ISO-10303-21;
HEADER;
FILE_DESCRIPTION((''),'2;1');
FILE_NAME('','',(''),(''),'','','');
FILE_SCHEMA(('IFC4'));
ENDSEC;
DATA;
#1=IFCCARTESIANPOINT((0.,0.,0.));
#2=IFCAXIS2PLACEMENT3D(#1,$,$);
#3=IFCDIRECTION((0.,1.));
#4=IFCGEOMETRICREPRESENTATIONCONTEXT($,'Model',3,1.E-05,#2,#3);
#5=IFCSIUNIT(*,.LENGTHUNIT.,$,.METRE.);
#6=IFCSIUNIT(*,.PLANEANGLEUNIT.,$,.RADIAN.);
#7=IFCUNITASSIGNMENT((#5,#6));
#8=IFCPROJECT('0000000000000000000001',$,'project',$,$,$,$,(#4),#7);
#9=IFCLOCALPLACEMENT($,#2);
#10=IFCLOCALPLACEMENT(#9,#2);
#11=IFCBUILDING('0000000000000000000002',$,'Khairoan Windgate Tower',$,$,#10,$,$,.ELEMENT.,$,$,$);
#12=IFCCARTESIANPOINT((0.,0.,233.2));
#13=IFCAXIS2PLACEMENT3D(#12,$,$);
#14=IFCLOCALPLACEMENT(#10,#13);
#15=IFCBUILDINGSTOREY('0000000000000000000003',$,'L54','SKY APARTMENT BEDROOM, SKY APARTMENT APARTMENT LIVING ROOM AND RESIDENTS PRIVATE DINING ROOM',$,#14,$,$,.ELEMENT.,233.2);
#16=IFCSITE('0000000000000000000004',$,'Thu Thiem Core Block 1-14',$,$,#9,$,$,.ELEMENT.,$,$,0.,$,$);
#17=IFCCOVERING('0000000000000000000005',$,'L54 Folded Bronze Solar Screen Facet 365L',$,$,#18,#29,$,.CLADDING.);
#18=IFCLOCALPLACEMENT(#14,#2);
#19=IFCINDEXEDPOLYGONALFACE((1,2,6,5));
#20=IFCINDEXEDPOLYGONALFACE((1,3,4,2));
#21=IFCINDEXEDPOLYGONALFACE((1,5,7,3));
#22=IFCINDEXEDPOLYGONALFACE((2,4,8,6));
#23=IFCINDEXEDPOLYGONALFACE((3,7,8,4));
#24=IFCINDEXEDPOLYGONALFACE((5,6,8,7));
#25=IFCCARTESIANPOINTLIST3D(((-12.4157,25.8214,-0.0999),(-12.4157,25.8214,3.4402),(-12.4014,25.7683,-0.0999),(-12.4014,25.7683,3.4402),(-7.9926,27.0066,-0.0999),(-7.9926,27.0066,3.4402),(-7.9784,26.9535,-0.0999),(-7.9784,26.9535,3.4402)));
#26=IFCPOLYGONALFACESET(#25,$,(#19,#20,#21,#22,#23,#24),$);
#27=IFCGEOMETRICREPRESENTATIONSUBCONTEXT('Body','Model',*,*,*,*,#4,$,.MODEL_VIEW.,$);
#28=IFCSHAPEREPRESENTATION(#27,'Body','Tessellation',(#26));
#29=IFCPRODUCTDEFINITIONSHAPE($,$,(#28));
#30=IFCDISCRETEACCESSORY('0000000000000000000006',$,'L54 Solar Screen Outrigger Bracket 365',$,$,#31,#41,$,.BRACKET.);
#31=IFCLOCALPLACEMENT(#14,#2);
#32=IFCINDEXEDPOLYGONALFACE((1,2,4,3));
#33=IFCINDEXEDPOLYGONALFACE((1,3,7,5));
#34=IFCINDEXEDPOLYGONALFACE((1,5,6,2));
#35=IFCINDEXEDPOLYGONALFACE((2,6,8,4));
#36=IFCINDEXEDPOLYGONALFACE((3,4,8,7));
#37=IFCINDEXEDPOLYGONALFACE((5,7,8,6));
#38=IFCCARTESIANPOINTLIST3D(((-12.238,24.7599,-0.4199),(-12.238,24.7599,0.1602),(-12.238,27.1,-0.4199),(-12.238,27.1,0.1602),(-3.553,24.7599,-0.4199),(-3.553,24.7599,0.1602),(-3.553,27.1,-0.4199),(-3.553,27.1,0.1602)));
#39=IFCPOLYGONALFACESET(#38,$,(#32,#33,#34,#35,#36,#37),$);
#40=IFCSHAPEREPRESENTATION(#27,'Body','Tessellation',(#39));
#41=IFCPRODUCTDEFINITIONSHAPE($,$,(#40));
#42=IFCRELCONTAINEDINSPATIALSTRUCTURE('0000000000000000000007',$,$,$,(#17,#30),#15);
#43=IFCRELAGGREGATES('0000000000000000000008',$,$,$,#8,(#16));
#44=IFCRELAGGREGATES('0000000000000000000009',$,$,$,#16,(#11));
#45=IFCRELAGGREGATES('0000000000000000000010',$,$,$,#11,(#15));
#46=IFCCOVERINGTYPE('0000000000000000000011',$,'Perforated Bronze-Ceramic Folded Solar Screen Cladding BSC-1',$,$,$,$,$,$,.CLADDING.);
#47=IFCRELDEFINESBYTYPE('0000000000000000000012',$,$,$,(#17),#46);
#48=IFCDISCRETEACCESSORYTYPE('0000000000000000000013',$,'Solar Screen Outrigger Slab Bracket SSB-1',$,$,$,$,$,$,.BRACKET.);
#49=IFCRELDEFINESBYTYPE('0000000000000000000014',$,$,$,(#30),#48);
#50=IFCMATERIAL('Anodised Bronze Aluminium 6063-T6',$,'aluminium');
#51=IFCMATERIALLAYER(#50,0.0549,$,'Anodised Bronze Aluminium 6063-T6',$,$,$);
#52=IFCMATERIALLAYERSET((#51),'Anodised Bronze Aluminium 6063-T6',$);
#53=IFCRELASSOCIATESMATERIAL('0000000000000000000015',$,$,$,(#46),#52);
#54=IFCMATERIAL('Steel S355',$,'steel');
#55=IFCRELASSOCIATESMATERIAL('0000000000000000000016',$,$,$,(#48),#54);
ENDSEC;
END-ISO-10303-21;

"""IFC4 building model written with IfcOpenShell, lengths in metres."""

from ifc_helpers import new_model, si_unit, direction, frame, origin, origin_2d, place, context, subcontext, project, spatial, rectangle, extrude, material, layer, layer_set, type_object, element, save


model = new_model("IFC4")

# Units and contexts
model_context = context("Model", 3, precision=1e-05, world=origin(), true_north=direction((0.0, 1.0)))
body_context = subcontext(model_context, "Body", "Model", "MODEL_VIEW")
ifc_project = project(units=[si_unit("LENGTHUNIT", "METRE"), si_unit("PLANEANGLEUNIT", "RADIAN")], contexts=[model_context])

# Site, building, storey
site_placement = place(None, origin())
site = spatial("IfcSite", under=ifc_project, at=site_placement, Name="Thu Thiem Core Block 1-14", CompositionType="ELEMENT", RefElevation=0.0)
building_placement = place(site_placement, origin())
building = spatial("IfcBuilding", under=site, at=building_placement, Name="Khairoan Windgate Tower", CompositionType="ELEMENT")
storey_placement = place(building_placement, frame((0.0, 0.0, 233.2)))
storey = spatial("IfcBuildingStorey", under=building, at=storey_placement, Name="L54", Description="SKY APARTMENT BEDROOM, SKY APARTMENT APARTMENT LIVING ROOM AND RESIDENTS PRIVATE DINING ROOM", CompositionType="ELEMENT", Elevation=233.2)

# Covering
ifc_material_1 = material(Name="Anodised Bronze Aluminium 6063-T6", Category="aluminium")
ifc_layer_1 = layer(ifc_material_1, 0.0549, Name="Anodised Bronze Aluminium 6063-T6")
ifc_layer_set_1 = layer_set([ifc_layer_1], Name="Anodised Bronze Aluminium 6063-T6")
covering_type = type_object("IfcCoveringType", Name="Perforated Bronze-Ceramic Folded Solar Screen Cladding BSC-1", PredefinedType="CLADDING", material=ifc_layer_set_1)
covering_placement = place(storey_placement, frame((-10.197, 26.3875, -0.0999), z_axis=(0.0, 0.0, 1.0), x_axis=(0.965926, 0.258819, 0.0)))
element("IfcCovering", 1, at=covering_placement, inside=storey, type_object=covering_type, Name="L54 Folded Bronze Solar Screen Facet 365L", PredefinedType="CLADDING", context=body_context, shape_type="SweptSolid", body=[
    extrude(rectangle(XDim=4.5791, YDim=0.0549, at=origin_2d()), origin(), (0.0, 0.0, 1.0), 3.54),
])

# Discrete accessory
ifc_material_2 = material(Name="Steel S355", Category="steel")
discrete_accessory_type = type_object("IfcDiscreteAccessoryType", Name="Solar Screen Outrigger Slab Bracket SSB-1", PredefinedType="BRACKET", material=ifc_material_2)
discrete_accessory_placement = place(storey_placement, frame((-7.8955, 25.9299, -0.4199), z_axis=(0.0, 0.0, 1.0), x_axis=(1.0, 0.0, 0.0)))
element("IfcDiscreteAccessory", 2, at=discrete_accessory_placement, inside=storey, type_object=discrete_accessory_type, Name="L54 Solar Screen Outrigger Bracket 365", PredefinedType="BRACKET", context=body_context, shape_type="SweptSolid", body=[
    extrude(rectangle(XDim=8.6851, YDim=2.3401, at=origin_2d()), origin(), (0.0, 0.0, 1.0), 0.5801),
])

save(model, "model.ifc")
